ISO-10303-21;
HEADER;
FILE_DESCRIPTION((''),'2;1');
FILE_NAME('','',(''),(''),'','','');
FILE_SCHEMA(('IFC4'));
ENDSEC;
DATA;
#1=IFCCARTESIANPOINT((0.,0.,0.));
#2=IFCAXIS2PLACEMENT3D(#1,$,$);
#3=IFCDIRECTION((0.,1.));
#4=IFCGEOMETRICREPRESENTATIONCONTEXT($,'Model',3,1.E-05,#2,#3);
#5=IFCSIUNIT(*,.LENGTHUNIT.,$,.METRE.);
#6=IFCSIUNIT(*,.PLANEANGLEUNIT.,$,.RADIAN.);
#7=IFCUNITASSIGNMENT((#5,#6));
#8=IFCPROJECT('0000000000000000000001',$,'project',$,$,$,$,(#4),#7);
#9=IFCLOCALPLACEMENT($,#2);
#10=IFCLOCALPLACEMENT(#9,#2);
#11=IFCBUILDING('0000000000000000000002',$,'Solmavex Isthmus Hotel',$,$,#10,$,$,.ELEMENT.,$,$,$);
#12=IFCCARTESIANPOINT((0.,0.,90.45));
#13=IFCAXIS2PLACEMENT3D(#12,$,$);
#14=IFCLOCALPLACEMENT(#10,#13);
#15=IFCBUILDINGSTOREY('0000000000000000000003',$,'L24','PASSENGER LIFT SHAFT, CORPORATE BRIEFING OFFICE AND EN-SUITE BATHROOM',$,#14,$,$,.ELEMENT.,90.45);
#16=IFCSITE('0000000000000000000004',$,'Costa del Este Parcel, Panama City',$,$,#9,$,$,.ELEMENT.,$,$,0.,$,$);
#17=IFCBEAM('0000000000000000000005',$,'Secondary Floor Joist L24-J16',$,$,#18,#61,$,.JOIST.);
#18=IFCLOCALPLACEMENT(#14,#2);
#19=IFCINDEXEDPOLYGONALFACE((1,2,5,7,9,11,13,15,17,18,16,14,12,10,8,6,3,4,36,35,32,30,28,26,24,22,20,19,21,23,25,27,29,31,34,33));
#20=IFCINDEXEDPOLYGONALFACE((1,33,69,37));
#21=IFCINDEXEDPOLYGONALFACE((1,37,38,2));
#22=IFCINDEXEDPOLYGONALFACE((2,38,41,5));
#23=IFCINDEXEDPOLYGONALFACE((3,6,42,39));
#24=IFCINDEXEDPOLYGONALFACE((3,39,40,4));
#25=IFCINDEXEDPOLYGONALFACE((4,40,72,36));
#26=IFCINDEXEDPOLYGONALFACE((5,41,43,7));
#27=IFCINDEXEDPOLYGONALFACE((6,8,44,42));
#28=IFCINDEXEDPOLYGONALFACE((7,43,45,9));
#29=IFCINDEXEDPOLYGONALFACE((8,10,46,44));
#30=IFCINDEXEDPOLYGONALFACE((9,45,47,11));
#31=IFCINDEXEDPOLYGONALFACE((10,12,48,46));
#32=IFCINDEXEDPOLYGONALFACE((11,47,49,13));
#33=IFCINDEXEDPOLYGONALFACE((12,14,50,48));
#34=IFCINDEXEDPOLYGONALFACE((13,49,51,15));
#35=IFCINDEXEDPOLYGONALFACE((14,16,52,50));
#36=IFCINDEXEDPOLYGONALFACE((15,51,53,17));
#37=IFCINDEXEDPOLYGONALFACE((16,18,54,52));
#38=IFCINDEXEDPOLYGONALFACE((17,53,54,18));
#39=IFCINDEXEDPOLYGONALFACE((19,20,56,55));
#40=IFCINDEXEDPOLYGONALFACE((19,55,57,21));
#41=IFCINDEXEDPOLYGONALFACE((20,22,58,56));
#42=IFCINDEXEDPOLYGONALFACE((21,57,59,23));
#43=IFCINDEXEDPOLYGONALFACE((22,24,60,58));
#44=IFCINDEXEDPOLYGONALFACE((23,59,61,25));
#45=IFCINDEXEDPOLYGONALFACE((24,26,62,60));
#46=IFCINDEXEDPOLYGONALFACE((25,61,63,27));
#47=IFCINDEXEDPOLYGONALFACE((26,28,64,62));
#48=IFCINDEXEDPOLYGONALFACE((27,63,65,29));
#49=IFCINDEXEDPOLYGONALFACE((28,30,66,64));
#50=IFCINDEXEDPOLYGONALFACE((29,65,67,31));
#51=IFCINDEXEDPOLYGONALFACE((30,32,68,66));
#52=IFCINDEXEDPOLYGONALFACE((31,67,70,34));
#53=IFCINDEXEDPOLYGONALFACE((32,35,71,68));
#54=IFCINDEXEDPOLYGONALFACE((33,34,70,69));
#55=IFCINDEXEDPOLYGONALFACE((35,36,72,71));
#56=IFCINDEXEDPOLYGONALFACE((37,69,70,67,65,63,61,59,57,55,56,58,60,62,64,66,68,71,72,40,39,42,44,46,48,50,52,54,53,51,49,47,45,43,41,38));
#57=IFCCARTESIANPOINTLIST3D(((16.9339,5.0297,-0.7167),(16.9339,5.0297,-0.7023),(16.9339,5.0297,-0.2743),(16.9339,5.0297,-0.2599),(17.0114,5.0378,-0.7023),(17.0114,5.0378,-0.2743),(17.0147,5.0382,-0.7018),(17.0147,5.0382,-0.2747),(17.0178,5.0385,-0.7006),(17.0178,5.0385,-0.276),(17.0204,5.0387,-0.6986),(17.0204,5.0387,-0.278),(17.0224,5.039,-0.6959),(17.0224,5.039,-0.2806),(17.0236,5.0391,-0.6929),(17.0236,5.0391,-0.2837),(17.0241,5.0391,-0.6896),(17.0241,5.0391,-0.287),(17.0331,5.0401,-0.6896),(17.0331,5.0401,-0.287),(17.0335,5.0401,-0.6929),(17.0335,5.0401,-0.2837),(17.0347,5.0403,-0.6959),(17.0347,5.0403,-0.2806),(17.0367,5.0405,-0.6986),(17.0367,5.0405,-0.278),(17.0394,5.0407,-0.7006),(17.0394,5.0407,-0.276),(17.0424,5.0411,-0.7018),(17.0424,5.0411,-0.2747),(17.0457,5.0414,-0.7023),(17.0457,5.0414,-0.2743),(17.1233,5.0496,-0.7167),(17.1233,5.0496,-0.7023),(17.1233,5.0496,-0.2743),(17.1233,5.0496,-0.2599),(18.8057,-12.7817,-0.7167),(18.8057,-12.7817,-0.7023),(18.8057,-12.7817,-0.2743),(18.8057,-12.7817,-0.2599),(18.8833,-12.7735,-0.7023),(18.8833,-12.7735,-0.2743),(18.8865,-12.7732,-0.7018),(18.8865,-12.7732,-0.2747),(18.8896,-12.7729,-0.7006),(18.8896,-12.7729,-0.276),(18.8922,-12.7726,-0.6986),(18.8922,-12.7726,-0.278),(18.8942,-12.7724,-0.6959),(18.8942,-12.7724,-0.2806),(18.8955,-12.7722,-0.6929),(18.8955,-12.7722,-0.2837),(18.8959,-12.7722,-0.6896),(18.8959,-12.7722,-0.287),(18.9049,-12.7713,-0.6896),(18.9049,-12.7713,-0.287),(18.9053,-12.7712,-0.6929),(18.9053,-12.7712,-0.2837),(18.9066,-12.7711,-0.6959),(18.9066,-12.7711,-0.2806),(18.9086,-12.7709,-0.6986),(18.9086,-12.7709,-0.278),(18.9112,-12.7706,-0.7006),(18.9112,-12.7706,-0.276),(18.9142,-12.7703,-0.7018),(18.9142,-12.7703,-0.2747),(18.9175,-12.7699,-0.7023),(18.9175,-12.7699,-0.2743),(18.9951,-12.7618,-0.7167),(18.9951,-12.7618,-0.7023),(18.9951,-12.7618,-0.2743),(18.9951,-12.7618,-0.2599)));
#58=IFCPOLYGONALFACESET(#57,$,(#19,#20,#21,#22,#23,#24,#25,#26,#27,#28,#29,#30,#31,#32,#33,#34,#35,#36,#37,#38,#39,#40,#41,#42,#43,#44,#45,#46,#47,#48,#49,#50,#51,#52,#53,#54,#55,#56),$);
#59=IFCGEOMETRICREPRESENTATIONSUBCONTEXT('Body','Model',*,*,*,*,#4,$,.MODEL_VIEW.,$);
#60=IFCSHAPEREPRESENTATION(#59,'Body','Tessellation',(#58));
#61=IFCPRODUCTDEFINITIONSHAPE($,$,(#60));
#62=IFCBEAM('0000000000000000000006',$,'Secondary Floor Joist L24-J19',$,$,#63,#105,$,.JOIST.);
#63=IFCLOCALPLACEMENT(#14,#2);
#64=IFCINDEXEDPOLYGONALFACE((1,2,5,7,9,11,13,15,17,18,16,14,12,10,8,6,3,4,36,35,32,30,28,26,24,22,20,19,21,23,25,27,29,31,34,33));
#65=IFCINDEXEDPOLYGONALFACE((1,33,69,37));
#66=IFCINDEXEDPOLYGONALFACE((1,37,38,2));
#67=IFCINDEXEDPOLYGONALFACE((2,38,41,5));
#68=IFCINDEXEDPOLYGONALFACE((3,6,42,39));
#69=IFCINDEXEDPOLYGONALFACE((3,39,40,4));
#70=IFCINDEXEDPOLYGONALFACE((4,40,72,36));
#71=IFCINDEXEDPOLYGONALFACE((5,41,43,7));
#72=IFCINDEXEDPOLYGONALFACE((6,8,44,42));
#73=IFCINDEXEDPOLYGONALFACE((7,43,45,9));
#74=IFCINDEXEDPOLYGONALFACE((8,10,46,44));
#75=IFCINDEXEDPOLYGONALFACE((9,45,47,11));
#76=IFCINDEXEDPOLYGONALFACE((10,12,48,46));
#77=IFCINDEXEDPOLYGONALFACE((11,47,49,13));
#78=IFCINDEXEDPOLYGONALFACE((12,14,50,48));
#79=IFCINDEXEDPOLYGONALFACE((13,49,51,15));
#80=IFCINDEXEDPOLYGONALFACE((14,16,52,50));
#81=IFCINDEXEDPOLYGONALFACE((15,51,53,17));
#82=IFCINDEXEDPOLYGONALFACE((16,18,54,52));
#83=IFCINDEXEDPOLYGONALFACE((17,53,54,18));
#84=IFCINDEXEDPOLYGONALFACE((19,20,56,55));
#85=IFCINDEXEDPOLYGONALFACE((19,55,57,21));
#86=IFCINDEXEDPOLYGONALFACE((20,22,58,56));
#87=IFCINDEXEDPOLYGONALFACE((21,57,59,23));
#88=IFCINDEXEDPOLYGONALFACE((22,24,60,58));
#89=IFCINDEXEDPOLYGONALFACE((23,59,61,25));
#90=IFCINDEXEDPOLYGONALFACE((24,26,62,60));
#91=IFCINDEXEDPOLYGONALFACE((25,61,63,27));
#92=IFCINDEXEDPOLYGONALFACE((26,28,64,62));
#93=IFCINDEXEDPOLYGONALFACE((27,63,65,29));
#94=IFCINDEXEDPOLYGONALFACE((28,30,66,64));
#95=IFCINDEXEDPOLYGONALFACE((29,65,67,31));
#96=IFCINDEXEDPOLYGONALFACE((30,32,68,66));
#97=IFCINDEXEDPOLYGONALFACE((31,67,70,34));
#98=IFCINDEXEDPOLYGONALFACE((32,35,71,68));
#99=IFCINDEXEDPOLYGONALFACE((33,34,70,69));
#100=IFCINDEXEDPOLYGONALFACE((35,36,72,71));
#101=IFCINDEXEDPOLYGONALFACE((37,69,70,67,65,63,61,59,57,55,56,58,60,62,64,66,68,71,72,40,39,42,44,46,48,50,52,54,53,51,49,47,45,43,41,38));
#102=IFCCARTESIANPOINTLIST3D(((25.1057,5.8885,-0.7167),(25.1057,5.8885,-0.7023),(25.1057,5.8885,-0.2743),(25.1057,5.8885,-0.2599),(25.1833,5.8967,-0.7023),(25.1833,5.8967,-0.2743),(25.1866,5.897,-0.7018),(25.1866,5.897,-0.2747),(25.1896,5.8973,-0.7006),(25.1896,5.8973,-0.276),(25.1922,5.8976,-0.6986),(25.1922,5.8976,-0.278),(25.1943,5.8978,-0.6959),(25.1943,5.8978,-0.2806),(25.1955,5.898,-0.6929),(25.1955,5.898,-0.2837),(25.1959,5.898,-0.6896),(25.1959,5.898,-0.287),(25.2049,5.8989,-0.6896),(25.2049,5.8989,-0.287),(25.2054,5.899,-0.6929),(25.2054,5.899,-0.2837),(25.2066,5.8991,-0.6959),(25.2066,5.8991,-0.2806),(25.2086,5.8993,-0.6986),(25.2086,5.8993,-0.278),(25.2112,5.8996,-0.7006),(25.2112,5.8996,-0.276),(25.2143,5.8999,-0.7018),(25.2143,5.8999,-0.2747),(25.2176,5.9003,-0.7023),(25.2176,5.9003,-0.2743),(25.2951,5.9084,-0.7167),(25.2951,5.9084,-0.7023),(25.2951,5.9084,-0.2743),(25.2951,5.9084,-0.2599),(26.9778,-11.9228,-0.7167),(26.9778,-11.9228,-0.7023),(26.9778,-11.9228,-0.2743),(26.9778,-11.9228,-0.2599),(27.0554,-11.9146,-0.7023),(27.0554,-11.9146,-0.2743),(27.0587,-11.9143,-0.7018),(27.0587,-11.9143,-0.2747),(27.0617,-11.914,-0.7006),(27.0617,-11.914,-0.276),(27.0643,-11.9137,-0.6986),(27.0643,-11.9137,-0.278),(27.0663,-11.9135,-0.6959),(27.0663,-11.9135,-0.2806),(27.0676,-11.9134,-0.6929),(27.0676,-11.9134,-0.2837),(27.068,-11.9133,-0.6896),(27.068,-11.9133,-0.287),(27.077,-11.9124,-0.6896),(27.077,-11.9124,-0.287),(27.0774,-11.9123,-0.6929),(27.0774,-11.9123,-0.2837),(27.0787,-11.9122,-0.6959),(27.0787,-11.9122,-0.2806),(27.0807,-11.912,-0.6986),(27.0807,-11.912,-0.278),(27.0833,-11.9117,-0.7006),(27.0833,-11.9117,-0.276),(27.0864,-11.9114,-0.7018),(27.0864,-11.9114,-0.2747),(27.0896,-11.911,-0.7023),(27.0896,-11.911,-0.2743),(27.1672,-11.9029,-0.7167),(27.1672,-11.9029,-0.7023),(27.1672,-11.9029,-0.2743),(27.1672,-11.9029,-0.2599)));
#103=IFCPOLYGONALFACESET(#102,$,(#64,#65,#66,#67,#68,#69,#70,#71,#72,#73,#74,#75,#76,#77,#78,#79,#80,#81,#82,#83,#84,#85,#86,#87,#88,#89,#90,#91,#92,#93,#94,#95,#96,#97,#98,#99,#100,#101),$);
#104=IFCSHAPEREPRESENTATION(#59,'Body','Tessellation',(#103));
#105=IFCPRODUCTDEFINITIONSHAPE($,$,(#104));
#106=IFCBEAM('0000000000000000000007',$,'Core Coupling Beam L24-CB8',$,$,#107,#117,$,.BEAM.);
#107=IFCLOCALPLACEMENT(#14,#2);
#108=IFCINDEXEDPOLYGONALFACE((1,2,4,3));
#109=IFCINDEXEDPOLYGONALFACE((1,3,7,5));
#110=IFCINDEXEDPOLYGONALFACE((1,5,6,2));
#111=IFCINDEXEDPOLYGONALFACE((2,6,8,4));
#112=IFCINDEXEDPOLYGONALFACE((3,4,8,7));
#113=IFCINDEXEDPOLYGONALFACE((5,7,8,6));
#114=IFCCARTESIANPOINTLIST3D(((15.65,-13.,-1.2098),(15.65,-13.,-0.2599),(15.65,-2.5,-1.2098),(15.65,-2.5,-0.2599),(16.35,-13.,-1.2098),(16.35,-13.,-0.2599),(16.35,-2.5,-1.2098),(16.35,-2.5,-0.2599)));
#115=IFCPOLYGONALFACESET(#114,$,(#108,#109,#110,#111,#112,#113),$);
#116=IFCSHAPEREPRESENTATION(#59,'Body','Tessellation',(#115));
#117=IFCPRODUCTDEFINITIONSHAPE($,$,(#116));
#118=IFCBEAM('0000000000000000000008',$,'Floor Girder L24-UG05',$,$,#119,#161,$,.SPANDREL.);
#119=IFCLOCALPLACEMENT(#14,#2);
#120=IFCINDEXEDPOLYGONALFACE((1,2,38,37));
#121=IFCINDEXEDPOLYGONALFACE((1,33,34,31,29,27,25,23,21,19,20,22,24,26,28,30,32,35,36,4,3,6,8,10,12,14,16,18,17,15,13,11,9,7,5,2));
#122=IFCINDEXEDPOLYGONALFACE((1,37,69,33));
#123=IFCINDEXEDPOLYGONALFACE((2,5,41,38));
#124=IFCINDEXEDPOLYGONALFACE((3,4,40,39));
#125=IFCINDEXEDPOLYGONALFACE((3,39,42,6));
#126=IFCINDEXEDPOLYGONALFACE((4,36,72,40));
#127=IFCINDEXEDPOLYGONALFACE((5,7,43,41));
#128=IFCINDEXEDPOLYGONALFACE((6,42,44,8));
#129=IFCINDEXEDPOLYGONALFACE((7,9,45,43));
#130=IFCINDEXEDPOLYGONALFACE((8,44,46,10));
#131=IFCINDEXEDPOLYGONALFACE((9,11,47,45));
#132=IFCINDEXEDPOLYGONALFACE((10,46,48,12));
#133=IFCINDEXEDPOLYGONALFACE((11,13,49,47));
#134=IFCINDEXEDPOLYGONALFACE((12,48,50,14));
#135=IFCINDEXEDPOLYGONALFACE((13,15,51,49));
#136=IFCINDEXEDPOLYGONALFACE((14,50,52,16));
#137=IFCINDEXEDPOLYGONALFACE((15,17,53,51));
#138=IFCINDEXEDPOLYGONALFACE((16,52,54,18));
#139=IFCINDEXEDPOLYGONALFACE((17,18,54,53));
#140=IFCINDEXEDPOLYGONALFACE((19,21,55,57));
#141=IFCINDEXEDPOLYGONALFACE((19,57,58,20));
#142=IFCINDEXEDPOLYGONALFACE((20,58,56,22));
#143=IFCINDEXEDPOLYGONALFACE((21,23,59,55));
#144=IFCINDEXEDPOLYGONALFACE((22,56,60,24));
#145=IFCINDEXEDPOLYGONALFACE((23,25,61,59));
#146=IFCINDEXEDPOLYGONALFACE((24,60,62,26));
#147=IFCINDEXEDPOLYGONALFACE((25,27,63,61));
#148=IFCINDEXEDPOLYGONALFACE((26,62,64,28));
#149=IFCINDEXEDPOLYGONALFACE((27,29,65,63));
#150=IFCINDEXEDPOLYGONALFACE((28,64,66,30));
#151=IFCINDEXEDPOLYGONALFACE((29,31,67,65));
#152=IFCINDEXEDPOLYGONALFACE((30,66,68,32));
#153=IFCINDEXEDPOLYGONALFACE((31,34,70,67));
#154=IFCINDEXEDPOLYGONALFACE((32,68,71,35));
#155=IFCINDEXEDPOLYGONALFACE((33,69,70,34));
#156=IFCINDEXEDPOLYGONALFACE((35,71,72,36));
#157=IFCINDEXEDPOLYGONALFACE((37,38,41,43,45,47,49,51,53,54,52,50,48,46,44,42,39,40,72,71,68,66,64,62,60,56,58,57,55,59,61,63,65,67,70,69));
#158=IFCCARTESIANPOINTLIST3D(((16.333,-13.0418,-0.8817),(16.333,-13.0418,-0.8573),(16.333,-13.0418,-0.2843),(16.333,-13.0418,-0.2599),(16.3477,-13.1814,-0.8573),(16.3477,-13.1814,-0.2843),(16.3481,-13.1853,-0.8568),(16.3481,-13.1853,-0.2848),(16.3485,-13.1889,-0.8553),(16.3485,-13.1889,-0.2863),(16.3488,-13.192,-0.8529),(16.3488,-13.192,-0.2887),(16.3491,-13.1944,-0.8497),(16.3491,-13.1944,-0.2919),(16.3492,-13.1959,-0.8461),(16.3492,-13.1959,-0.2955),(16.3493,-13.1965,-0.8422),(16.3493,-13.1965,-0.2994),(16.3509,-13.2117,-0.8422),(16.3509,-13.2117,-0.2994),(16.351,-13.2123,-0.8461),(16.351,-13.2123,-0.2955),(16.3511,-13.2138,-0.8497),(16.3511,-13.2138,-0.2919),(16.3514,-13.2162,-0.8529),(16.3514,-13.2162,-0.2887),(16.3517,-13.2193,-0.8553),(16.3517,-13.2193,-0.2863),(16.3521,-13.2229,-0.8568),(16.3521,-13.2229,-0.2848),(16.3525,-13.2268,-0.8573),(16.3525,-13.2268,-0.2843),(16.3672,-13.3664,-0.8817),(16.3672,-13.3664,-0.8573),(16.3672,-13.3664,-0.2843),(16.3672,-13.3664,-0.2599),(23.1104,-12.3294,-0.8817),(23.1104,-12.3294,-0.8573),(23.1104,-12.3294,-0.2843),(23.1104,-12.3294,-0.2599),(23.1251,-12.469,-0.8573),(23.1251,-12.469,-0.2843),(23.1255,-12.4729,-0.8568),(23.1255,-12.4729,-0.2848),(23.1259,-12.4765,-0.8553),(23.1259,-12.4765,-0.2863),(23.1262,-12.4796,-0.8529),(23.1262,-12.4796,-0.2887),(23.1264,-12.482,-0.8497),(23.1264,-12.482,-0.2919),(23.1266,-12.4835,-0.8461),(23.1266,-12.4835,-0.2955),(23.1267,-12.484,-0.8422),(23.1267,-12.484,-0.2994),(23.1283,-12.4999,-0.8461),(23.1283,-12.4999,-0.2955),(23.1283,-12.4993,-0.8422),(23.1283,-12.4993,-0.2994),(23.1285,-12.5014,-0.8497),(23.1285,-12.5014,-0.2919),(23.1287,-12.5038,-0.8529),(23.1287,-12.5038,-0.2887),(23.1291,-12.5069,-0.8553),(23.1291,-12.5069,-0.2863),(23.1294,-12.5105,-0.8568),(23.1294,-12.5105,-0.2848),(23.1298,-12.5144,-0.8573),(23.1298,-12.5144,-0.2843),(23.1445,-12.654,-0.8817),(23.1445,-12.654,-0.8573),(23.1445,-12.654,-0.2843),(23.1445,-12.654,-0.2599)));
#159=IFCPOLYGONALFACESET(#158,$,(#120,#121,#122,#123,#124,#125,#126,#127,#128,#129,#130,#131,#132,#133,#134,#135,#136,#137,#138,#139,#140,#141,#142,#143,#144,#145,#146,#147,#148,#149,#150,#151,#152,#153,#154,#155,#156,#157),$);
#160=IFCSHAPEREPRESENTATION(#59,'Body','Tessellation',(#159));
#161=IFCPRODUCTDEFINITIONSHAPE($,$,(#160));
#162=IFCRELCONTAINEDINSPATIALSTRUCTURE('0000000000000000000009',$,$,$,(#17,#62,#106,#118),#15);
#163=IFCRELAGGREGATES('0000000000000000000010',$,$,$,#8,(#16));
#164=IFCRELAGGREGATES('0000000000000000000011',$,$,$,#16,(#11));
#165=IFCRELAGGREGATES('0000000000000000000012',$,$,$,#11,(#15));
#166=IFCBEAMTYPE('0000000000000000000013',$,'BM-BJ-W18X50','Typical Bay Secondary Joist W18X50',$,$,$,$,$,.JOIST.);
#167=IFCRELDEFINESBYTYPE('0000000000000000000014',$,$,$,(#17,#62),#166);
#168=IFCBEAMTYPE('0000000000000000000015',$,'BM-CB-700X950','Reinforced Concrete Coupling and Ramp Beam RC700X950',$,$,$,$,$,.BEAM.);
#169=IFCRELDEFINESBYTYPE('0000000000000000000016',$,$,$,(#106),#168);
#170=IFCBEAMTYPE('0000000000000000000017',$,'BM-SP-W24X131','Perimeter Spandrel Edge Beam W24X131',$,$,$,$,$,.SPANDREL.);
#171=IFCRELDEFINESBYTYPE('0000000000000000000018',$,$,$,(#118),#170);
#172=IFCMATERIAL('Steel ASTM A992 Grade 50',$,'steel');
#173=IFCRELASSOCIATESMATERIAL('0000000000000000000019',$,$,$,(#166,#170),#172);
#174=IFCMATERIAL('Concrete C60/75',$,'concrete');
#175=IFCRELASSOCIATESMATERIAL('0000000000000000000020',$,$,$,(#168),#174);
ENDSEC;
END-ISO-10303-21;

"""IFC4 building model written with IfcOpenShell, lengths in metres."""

from ifc_helpers import new_model, si_unit, direction, frame, origin, origin_2d, place, context, subcontext, project, spatial, rectangle, i_section, extrude, material, material_profile, profile_set, type_object, element, save


model = new_model("IFC4")

# Units and contexts
model_context = context("Model", 3, precision=1e-05, world=origin(), true_north=direction((0.0, 1.0)))
body_context = subcontext(model_context, "Body", "Model", "MODEL_VIEW")
ifc_project = project(units=[si_unit("LENGTHUNIT", "METRE"), si_unit("PLANEANGLEUNIT", "RADIAN")], contexts=[model_context])

# Site, building, storey
site_placement = place(None, origin())
site = spatial("IfcSite", under=ifc_project, at=site_placement, Name="Costa del Este Parcel, Panama City", CompositionType="ELEMENT", RefElevation=0.0)
building_placement = place(site_placement, origin())
building = spatial("IfcBuilding", under=site, at=building_placement, Name="Solmavex Isthmus Hotel", CompositionType="ELEMENT")
storey_placement = place(building_placement, frame((0.0, 0.0, 90.45)))
storey = spatial("IfcBuildingStorey", under=building, at=storey_placement, Name="L24", Description="PASSENGER LIFT SHAFT, CORPORATE BRIEFING OFFICE AND EN-SUITE BATHROOM", CompositionType="ELEMENT", Elevation=90.45)

# Shared definitions
ifc_material_1 = material(Name="Concrete C60/75", Category="concrete")

# Beams
ifc_material_2 = material(Name="Steel ASTM A992 Grade 50", Category="steel")
ifc_material_profile_1 = material_profile(ifc_material_2, i_section(OverallWidth=0.1904, OverallDepth=0.4568, WebThickness=0.009, FlangeThickness=0.0144, FilletRadius=0.0127, at=origin_2d()), Name="W18X50")
ifc_profile_set_1 = profile_set([ifc_material_profile_1], Name="Steel ASTM A992 Grade 50")
beam_type_1 = type_object("IfcBeamType", Name="BM-BJ-W18X50", Description="Typical Bay Secondary Joist W18X50", PredefinedType="JOIST", material=ifc_profile_set_1)
for number, where, z_axis, x_axis, name in (
    (1, (18.9004, -12.7717, -0.4883), (-0.104517, 0.994523, 0.0), (-0.994523, -0.104517, 0.0), "Secondary Floor Joist L24-J16"),
    (2, (27.0725, -11.9128, -0.4883), (-0.10453, 0.994522, 0.0), (-0.994522, -0.10453, 0.0), "Secondary Floor Joist L24-J19"),
):
    element("IfcBeam", number, at=place(storey_placement, frame(where, z_axis=z_axis, x_axis=x_axis)), inside=storey, type_object=beam_type_1, Name=name, PredefinedType="JOIST", context=body_context, shape_type="SweptSolid", body=[
        extrude(i_section(OverallWidth=0.1904, OverallDepth=0.4568, WebThickness=0.009, FlangeThickness=0.0144, FilletRadius=0.0127, at=origin_2d()), origin(), (0.0, 0.0, 1.0), 17.9094),
    ])
ifc_material_profile_2 = material_profile(ifc_material_1, rectangle(XDim=0.7, YDim=0.95, at=origin_2d()), Name="RC700X950")
ifc_profile_set_2 = profile_set([ifc_material_profile_2], Name="Concrete C60/75")
beam_type_2 = type_object("IfcBeamType", Name="BM-CB-700X950", Description="Reinforced Concrete Coupling and Ramp Beam RC700X950", PredefinedType="BEAM", material=ifc_profile_set_2)
beam_1_placement = place(storey_placement, frame((16.0, -13.0, -0.7349), z_axis=(0.0, 1.0, 0.0), x_axis=(-1.0, 0.0, 0.0)))
element("IfcBeam", 3, at=beam_1_placement, inside=storey, type_object=beam_type_2, Name="Core Coupling Beam L24-CB8", PredefinedType="BEAM", context=body_context, shape_type="SweptSolid", body=[
    extrude(rectangle(XDim=0.7, YDim=0.95, at=origin_2d()), origin(), (0.0, 0.0, 1.0), 10.5),
])
ifc_material_profile_3 = material_profile(ifc_material_2, i_section(OverallWidth=0.3264, OverallDepth=0.6218, WebThickness=0.0154, FlangeThickness=0.0244, FilletRadius=0.0151, at=origin_2d()), Name="W24X131")
ifc_profile_set_3 = profile_set([ifc_material_profile_3], Name="Steel ASTM A992 Grade 50")
beam_type_3 = type_object("IfcBeamType", Name="BM-SP-W24X131", Description="Perimeter Spandrel Edge Beam W24X131", PredefinedType="SPANDREL", material=ifc_profile_set_3)
beam_2_placement = place(storey_placement, frame((16.3501, -13.2041, -0.5708), z_axis=(0.994521, 0.104539, 0.0), x_axis=(-0.104539, 0.994521, 0.0)))
element("IfcBeam", 4, at=beam_2_placement, inside=storey, type_object=beam_type_3, Name="Floor Girder L24-UG05", PredefinedType="SPANDREL", context=body_context, shape_type="SweptSolid", body=[
    extrude(i_section(OverallWidth=0.3264, OverallDepth=0.6218, WebThickness=0.0154, FlangeThickness=0.0244, FilletRadius=0.0151, at=origin_2d()), origin(), (0.0, 0.0, 1.0), 6.8147),
])

save(model, "model.ifc")
